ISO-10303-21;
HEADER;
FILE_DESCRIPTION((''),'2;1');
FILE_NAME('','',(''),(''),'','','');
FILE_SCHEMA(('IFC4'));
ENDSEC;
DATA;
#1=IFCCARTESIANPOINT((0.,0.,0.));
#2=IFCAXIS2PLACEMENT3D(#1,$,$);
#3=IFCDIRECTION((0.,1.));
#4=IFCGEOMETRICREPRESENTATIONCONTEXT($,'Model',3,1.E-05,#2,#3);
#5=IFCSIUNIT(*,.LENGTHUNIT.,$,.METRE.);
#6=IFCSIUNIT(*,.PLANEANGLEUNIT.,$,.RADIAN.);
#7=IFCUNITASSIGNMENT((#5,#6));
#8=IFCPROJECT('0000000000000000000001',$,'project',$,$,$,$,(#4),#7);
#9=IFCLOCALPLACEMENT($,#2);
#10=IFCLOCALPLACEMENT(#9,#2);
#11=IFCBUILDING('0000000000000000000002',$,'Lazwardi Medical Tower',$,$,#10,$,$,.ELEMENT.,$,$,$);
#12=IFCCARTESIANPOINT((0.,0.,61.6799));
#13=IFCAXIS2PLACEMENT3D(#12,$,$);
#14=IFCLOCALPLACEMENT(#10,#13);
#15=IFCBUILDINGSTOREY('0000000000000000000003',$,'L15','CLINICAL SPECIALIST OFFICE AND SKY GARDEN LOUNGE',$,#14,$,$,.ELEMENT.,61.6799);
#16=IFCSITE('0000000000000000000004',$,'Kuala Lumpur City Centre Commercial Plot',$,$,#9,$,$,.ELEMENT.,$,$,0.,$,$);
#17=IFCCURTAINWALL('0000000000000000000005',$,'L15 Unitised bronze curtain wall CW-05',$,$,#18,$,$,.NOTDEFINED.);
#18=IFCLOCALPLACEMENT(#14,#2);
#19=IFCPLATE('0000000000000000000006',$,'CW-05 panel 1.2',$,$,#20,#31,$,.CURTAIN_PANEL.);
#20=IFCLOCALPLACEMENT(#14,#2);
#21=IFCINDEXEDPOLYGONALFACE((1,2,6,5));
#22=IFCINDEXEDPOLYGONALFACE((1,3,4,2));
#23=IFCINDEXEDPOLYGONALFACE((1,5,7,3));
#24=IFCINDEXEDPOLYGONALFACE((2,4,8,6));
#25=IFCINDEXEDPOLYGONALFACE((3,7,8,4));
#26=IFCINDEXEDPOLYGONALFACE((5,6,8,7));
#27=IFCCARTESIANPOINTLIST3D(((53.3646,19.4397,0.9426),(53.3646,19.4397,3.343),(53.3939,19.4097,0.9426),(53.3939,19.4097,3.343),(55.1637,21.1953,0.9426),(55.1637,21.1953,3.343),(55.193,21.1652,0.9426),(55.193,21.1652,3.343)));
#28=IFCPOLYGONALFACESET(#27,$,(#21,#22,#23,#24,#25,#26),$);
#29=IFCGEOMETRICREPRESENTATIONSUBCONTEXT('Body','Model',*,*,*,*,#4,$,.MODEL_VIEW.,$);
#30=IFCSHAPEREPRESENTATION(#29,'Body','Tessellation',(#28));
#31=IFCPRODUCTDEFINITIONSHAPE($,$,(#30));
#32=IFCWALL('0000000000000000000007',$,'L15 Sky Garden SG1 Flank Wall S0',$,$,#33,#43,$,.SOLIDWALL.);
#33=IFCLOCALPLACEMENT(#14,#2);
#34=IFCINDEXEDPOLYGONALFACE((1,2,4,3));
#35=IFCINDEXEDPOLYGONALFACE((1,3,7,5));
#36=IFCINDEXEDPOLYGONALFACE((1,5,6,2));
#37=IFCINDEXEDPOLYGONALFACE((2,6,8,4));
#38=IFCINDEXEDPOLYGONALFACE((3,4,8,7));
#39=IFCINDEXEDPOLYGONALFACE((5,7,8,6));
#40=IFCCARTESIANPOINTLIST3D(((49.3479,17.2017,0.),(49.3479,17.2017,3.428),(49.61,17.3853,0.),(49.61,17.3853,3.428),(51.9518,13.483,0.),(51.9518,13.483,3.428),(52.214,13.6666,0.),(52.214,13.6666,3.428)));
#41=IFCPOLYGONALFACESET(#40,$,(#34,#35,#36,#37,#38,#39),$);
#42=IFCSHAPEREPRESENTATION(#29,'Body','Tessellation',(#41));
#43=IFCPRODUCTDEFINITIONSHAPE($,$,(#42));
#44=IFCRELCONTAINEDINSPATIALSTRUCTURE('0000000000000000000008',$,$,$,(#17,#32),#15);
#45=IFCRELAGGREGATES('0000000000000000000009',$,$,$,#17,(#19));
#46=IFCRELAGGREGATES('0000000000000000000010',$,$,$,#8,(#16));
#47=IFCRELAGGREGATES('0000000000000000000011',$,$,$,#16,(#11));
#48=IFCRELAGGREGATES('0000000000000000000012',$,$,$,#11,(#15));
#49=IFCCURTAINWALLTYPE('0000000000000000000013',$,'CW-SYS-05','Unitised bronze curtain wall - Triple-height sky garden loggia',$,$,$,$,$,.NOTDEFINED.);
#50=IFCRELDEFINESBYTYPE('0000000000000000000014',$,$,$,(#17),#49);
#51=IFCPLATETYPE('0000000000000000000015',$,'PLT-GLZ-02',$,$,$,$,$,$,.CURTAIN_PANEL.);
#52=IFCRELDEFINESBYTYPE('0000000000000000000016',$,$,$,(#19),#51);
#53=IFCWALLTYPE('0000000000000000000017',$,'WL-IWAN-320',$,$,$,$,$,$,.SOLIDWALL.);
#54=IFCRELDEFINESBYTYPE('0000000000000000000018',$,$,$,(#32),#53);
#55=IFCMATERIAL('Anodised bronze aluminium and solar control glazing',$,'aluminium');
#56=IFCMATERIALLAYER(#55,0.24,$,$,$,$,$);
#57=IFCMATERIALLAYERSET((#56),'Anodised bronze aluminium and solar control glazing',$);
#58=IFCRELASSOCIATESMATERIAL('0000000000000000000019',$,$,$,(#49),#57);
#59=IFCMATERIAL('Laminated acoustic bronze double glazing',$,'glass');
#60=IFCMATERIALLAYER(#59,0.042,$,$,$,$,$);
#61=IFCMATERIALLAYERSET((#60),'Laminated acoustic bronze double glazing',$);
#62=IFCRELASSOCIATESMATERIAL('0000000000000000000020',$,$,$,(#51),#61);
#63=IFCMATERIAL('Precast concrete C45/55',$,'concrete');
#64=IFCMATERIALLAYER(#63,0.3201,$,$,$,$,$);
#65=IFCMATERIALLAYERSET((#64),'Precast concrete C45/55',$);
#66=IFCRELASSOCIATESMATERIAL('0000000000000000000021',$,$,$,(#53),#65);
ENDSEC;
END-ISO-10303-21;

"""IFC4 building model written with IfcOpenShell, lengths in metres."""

from ifc_helpers import new_model, si_unit, direction, frame, frame_2d, origin, origin_2d, place, context, subcontext, project, spatial, rectangle, extrude, material, layer, layer_set, type_object, element, aggregate, save


model = new_model("IFC4")

# Units and contexts
model_context = context("Model", 3, precision=1e-05, world=origin(), true_north=direction((0.0, 1.0)))
body_context = subcontext(model_context, "Body", "Model", "MODEL_VIEW")
ifc_project = project(units=[si_unit("LENGTHUNIT", "METRE"), si_unit("PLANEANGLEUNIT", "RADIAN")], contexts=[model_context])

# Site, building, storey
site_placement = place(None, origin())
site = spatial("IfcSite", under=ifc_project, at=site_placement, Name="Kuala Lumpur City Centre Commercial Plot", CompositionType="ELEMENT", RefElevation=0.0)
building_placement = place(site_placement, origin())
building = spatial("IfcBuilding", under=site, at=building_placement, Name="Lazwardi Medical Tower", CompositionType="ELEMENT")
storey_placement = place(building_placement, frame((0.0, 0.0, 61.6799)))
storey = spatial("IfcBuildingStorey", under=building, at=storey_placement, Name="L15", Description="CLINICAL SPECIALIST OFFICE AND SKY GARDEN LOUNGE", CompositionType="ELEMENT", Elevation=61.6799)

# Shared definitions
ifc_material_1 = material(Name="Anodised bronze aluminium and solar control glazing", Category="aluminium")

# Curtain wall
ifc_layer_1 = layer(ifc_material_1, 0.24)
ifc_layer_set_1 = layer_set([ifc_layer_1], Name="Anodised bronze aluminium and solar control glazing")
curtain_wall_type_1 = type_object("IfcCurtainWallType", Name="CW-SYS-05", Description="Unitised bronze curtain wall - Triple-height sky garden loggia", PredefinedType="NOTDEFINED", material=ifc_layer_set_1)
curtain_wall_1_placement = place(storey_placement, origin())
curtain_wall_1 = element("IfcCurtainWall", 1, at=curtain_wall_1_placement, inside=storey, type_object=curtain_wall_type_1, Name="L15 Unitised bronze curtain wall CW-05", PredefinedType="NOTDEFINED")

# Plate
ifc_material_2 = material(Name="Laminated acoustic bronze double glazing", Category="glass")
ifc_layer_2 = layer(ifc_material_2, 0.042)
ifc_layer_set_2 = layer_set([ifc_layer_2], Name="Laminated acoustic bronze double glazing")
plate_type = type_object("IfcPlateType", Name="PLT-GLZ-02", PredefinedType="CURTAIN_PANEL", material=ifc_layer_set_2)
plate_1_placement = place(storey_placement, frame((54.2788, 20.3025, 0.9426), z_axis=(0.0, 0.0, 1.0), x_axis=(0.715706, 0.698402, 0.0)))
plate_1 = element("IfcPlate", 2, at=plate_1_placement, type_object=plate_type, Name="CW-05 panel 1.2", PredefinedType="CURTAIN_PANEL", context=body_context, shape_type="SweptSolid", body=[
    extrude(rectangle(XDim=2.5137, YDim=0.042, at=origin_2d()), origin(), (0.0, 0.0, 1.0), 2.4004),
])
aggregate(curtain_wall_1, [plate_1])

# Wall
ifc_material_3 = material(Name="Precast concrete C45/55", Category="concrete")
ifc_layer_3 = layer(ifc_material_3, 0.3201)
ifc_layer_set_3 = layer_set([ifc_layer_3], Name="Precast concrete C45/55")
wall_type = type_object("IfcWallType", Name="WL-IWAN-320", PredefinedType="SOLIDWALL", material=ifc_layer_set_3)
wall_placement = place(storey_placement, frame((52.083, 13.5747, 0.0), z_axis=(0.0, 0.0, 1.0), x_axis=(-0.573592, 0.819141, 0.0)))
element("IfcWall", 3, at=wall_placement, inside=storey, type_object=wall_type, Name="L15 Sky Garden SG1 Flank Wall S0", PredefinedType="SOLIDWALL", context=body_context, shape_type="SweptSolid", body=[
    extrude(rectangle(XDim=4.5398, YDim=0.3201, at=frame_2d((2.27, 0.0))), origin(), (0.0, 0.0, 1.0), 3.428),
])

save(model, "model.ifc")
